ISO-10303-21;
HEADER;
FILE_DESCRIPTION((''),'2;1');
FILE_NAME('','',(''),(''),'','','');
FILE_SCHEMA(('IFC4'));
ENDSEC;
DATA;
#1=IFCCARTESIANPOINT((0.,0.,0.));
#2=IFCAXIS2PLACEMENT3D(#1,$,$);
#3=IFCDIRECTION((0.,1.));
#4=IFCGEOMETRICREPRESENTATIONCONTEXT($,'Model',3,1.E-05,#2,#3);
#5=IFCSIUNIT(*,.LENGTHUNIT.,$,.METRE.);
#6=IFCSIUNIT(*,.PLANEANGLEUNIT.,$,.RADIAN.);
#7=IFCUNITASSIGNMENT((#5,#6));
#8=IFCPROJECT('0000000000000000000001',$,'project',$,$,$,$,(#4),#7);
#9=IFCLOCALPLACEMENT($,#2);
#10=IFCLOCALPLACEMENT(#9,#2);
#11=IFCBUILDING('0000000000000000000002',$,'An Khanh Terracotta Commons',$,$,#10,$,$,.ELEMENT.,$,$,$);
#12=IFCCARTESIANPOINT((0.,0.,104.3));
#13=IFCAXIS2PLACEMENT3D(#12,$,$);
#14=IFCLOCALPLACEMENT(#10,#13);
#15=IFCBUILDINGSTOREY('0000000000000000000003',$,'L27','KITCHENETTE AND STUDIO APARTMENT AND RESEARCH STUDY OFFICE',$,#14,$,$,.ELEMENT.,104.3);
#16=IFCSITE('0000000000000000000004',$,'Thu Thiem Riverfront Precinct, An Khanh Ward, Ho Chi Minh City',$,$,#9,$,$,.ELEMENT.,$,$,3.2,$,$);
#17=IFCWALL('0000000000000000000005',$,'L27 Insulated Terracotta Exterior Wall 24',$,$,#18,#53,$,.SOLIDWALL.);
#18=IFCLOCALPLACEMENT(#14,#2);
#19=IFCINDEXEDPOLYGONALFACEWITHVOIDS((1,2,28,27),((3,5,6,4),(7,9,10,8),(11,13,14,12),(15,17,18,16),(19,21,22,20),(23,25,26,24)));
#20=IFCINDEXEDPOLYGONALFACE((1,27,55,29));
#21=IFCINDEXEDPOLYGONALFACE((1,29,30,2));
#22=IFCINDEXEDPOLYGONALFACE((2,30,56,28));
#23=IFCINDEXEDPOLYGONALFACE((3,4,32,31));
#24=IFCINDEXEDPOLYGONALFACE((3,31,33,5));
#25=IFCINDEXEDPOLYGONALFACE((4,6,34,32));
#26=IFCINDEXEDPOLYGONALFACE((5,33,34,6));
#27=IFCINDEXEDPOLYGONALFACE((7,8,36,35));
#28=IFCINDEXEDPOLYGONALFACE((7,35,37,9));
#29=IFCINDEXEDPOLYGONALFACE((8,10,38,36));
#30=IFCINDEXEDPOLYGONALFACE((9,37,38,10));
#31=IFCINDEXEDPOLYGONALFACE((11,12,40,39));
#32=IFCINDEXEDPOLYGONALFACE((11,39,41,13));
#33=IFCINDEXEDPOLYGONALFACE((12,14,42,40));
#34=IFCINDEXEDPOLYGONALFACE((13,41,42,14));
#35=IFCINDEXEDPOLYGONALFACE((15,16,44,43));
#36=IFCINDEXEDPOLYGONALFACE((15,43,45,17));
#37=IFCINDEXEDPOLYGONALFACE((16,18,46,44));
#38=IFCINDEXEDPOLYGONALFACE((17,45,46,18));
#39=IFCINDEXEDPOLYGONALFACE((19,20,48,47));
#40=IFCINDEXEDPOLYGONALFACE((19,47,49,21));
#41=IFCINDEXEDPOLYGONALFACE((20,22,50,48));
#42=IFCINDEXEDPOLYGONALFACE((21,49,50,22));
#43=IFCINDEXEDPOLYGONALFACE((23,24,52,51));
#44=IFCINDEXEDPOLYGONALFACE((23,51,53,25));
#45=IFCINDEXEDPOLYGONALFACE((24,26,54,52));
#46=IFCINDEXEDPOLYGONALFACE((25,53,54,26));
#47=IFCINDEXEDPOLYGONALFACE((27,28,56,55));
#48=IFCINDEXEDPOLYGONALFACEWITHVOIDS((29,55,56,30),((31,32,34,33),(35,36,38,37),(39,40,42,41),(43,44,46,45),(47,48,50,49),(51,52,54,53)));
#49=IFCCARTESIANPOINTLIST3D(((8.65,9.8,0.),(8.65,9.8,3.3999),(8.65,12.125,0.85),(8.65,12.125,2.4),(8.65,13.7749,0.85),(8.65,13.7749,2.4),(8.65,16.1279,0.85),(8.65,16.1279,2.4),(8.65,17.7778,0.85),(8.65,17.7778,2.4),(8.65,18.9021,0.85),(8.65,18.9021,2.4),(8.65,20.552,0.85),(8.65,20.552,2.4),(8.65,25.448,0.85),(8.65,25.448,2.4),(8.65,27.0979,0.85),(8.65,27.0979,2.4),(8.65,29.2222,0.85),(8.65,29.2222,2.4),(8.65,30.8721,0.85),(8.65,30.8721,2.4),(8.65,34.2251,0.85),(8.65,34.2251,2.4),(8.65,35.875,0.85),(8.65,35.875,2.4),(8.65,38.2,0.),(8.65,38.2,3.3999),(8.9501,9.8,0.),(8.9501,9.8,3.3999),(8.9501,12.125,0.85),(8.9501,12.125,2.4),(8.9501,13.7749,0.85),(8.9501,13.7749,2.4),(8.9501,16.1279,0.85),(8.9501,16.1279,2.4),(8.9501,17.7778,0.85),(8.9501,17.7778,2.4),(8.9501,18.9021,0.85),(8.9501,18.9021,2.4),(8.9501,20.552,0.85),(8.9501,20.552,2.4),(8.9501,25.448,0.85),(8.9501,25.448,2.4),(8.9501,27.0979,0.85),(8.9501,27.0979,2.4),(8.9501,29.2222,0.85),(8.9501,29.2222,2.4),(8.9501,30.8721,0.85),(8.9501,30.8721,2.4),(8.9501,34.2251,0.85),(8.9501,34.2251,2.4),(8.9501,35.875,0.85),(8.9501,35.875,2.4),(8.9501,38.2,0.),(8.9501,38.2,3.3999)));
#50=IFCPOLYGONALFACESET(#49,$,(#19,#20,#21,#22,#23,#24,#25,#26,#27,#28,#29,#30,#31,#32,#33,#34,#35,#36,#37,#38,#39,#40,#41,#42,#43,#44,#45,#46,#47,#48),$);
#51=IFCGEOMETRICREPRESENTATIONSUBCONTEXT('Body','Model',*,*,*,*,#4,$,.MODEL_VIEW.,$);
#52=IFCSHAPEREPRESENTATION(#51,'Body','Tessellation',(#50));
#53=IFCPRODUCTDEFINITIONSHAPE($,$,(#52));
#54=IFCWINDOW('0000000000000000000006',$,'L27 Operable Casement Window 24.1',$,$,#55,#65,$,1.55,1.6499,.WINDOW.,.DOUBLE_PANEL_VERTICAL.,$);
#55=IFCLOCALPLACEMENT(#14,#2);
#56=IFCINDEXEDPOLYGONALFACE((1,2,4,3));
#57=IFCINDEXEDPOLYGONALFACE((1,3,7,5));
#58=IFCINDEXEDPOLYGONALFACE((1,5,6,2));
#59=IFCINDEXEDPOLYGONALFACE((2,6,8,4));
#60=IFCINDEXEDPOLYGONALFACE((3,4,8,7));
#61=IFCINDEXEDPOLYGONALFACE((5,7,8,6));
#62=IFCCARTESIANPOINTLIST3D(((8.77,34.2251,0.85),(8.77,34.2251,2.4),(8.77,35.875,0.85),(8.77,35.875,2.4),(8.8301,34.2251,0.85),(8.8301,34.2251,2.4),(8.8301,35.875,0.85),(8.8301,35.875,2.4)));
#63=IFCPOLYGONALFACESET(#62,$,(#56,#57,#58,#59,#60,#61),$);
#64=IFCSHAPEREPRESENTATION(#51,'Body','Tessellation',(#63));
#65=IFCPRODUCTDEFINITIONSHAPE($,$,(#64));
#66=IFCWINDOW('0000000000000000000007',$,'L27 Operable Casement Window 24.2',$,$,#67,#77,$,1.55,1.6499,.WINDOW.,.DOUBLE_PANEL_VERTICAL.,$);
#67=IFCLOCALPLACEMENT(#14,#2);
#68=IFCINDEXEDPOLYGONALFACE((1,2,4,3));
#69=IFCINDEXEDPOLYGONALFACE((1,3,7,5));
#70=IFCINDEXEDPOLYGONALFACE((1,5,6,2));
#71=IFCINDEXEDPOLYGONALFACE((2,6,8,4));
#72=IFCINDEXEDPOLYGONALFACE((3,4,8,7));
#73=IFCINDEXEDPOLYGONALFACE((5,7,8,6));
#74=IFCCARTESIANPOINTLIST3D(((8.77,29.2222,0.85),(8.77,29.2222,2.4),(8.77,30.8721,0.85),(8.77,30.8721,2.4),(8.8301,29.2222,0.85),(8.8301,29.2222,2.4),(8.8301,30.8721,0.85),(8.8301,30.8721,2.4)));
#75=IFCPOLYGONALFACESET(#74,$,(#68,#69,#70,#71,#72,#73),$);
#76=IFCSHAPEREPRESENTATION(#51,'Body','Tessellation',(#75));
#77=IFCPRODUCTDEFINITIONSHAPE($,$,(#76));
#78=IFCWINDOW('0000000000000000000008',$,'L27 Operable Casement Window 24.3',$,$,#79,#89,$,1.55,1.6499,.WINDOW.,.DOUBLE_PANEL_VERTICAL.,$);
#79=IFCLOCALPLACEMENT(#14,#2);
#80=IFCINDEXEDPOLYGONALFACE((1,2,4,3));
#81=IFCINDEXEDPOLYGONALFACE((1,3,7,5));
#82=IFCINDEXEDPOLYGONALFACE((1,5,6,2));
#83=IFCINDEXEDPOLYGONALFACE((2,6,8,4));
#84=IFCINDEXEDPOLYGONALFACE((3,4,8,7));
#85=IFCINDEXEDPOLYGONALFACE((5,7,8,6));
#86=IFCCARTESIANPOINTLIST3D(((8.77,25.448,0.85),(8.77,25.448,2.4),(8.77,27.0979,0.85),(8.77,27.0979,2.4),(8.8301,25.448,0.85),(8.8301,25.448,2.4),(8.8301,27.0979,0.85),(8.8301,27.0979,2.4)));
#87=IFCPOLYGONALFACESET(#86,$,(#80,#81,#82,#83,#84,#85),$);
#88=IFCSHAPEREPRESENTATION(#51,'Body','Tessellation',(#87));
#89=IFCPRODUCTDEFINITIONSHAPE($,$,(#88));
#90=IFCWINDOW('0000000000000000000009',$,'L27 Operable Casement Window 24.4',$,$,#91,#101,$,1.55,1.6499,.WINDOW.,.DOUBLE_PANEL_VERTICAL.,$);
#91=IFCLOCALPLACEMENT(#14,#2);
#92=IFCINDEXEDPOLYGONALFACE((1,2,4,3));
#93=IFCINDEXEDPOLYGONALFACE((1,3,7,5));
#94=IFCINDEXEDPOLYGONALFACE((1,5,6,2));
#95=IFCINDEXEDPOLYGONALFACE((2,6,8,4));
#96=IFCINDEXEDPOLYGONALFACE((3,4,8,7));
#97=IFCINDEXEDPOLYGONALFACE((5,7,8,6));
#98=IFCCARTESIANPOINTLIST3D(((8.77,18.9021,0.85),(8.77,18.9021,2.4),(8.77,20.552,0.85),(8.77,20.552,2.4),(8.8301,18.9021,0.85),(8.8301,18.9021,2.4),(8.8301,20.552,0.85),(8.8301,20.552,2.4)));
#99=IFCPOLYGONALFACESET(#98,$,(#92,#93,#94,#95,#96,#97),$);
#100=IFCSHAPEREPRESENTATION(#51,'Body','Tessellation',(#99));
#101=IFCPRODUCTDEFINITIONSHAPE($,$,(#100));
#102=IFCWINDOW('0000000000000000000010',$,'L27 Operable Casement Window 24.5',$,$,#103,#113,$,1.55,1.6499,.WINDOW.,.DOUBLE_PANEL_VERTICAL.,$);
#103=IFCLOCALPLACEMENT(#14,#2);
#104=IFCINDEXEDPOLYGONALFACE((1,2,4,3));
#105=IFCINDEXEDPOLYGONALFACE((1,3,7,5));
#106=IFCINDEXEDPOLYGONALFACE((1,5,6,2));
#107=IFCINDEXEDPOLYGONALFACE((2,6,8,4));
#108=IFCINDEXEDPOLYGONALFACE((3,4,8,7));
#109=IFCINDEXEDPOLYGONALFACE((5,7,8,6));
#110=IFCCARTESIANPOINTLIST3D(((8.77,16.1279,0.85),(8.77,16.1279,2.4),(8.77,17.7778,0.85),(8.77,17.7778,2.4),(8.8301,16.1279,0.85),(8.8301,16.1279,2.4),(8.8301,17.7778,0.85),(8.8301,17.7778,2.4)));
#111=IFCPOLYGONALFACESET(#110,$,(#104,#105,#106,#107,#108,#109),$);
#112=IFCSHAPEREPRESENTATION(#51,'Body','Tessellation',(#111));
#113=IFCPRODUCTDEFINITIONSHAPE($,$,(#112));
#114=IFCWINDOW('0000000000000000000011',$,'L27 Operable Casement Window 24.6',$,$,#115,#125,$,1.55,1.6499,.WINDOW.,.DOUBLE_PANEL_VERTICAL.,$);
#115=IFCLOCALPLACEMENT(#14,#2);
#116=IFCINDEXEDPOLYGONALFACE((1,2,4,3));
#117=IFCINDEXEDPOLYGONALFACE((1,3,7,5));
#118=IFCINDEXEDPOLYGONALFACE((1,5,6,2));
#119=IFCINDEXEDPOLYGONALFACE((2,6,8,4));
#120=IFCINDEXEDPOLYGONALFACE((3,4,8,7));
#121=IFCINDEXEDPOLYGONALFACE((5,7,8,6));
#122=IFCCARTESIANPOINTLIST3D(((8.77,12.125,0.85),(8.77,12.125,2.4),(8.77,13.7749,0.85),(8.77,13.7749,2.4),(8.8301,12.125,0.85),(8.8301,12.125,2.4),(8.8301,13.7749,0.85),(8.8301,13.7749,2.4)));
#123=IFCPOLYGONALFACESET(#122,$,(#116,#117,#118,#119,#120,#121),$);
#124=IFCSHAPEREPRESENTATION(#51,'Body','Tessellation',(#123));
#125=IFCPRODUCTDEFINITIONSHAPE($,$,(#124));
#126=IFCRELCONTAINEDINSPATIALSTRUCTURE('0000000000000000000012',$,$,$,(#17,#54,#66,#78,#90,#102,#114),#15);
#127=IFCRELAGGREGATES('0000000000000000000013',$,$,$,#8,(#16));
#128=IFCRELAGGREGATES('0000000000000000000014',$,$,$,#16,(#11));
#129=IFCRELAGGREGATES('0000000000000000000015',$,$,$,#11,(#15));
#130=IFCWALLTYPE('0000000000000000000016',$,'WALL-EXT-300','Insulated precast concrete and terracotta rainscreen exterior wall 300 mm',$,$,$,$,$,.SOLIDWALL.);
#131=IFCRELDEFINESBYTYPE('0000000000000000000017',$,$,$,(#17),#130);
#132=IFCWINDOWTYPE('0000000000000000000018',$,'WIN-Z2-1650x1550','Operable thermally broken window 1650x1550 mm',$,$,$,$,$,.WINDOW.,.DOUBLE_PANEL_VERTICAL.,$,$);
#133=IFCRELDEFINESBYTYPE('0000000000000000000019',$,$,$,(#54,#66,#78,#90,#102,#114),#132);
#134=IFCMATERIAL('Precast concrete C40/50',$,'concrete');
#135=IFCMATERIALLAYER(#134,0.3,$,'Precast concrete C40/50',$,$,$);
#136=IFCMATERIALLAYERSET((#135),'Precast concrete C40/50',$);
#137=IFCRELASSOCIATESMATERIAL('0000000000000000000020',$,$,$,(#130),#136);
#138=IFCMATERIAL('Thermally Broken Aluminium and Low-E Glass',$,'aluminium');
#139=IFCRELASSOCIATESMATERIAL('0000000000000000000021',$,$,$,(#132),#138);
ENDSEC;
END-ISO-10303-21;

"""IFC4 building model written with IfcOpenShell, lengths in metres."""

from ifc_helpers import new_model, si_unit, direction, frame, frame_2d, origin, place, context, subcontext, project, spatial, rectangle, extrude, material, layer, layer_set, type_object, element, fill, save


model = new_model("IFC4")

# Units and contexts
model_context = context("Model", 3, precision=1e-05, world=origin(), true_north=direction((0.0, 1.0)))
body_context = subcontext(model_context, "Body", "Model", "MODEL_VIEW")
ifc_project = project(units=[si_unit("LENGTHUNIT", "METRE"), si_unit("PLANEANGLEUNIT", "RADIAN")], contexts=[model_context])

# Site, building, storey
site_placement = place(None, origin())
site = spatial("IfcSite", under=ifc_project, at=site_placement, Name="Thu Thiem Riverfront Precinct, An Khanh Ward, Ho Chi Minh City", CompositionType="ELEMENT", RefElevation=3.2)
building_placement = place(site_placement, origin())
building = spatial("IfcBuilding", under=site, at=building_placement, Name="An Khanh Terracotta Commons", CompositionType="ELEMENT")
storey_placement = place(building_placement, frame((0.0, 0.0, 104.3)))
storey = spatial("IfcBuildingStorey", under=building, at=storey_placement, Name="L27", Description="KITCHENETTE AND STUDIO APARTMENT AND RESEARCH STUDY OFFICE", CompositionType="ELEMENT", Elevation=104.3)

# Shared definitions
ifc_material_1 = material(Name="Precast concrete C40/50", Category="concrete")
ifc_layer_1 = layer(ifc_material_1, 0.3, Name="Precast concrete C40/50")
ifc_layer_set_1 = layer_set([ifc_layer_1], Name="Precast concrete C40/50")
wall_type_1 = type_object("IfcWallType", Name="WALL-EXT-300", Description="Insulated precast concrete and terracotta rainscreen exterior wall 300 mm", PredefinedType="SOLIDWALL", material=ifc_layer_set_1)

# Wall, openings, windows
wall_1_placement = place(storey_placement, frame((8.8, 38.2, 0.0), z_axis=(0.0, 0.0, 1.0), x_axis=(0.0, -1.0, 0.0)))
wall_1 = element("IfcWall", 1, at=wall_1_placement, inside=storey, type_object=wall_type_1, Name="L27 Insulated Terracotta Exterior Wall 24", PredefinedType="SOLIDWALL", context=body_context, shape_type="SweptSolid", body=[
    extrude(rectangle(XDim=28.3999, YDim=0.3, at=frame_2d((14.2, 0.0))), origin(), (0.0, 0.0, 1.0), 3.3999),
])
opening_1_placement = place(wall_1_placement, frame((2.325, 0.0, 0.8501)))
opening_1 = element("IfcOpeningElement", 2, at=opening_1_placement, cuts=wall_1, PredefinedType="OPENING", context=body_context, shape_type="SweptSolid", body=[
    extrude(rectangle(XDim=1.6499, YDim=1.55, at=frame_2d((0.825, 0.7749))), frame((0.0, 0.1599, 0.0), z_axis=(0.0, -1.0, 0.0), x_axis=(1.0, 0.0, 0.0)), (0.0, 0.0, 1.0), 0.3201),
])
opening_2_placement = place(wall_1_placement, frame((7.3279, 0.0, 0.8501)))
opening_2 = element("IfcOpeningElement", 3, at=opening_2_placement, cuts=wall_1, PredefinedType="OPENING", context=body_context, shape_type="SweptSolid", body=[
    extrude(rectangle(XDim=1.6499, YDim=1.55, at=frame_2d((0.825, 0.7749))), frame((0.0, 0.1599, 0.0), z_axis=(0.0, -1.0, 0.0), x_axis=(1.0, 0.0, 0.0)), (0.0, 0.0, 1.0), 0.3201),
])
opening_3_placement = place(wall_1_placement, frame((11.1021, 0.0, 0.8501)))
opening_3 = element("IfcOpeningElement", 4, at=opening_3_placement, cuts=wall_1, PredefinedType="OPENING", context=body_context, shape_type="SweptSolid", body=[
    extrude(rectangle(XDim=1.6499, YDim=1.55, at=frame_2d((0.825, 0.7749))), frame((0.0, 0.1599, 0.0), z_axis=(0.0, -1.0, 0.0), x_axis=(1.0, 0.0, 0.0)), (0.0, 0.0, 1.0), 0.3201),
])
opening_4_placement = place(wall_1_placement, frame((17.6479, 0.0, 0.8501)))
opening_4 = element("IfcOpeningElement", 5, at=opening_4_placement, cuts=wall_1, PredefinedType="OPENING", context=body_context, shape_type="SweptSolid", body=[
    extrude(rectangle(XDim=1.6499, YDim=1.55, at=frame_2d((0.825, 0.7749))), frame((0.0, 0.1599, 0.0), z_axis=(0.0, -1.0, 0.0), x_axis=(1.0, 0.0, 0.0)), (0.0, 0.0, 1.0), 0.3201),
])
opening_5_placement = place(wall_1_placement, frame((20.4221, 0.0, 0.8501)))
opening_5 = element("IfcOpeningElement", 6, at=opening_5_placement, cuts=wall_1, PredefinedType="OPENING", context=body_context, shape_type="SweptSolid", body=[
    extrude(rectangle(XDim=1.6499, YDim=1.55, at=frame_2d((0.825, 0.7749))), frame((0.0, 0.1599, 0.0), z_axis=(0.0, -1.0, 0.0), x_axis=(1.0, 0.0, 0.0)), (0.0, 0.0, 1.0), 0.3201),
])
opening_6_placement = place(wall_1_placement, frame((24.425, 0.0, 0.8501)))
opening_6 = element("IfcOpeningElement", 7, at=opening_6_placement, cuts=wall_1, PredefinedType="OPENING", context=body_context, shape_type="SweptSolid", body=[
    extrude(rectangle(XDim=1.6499, YDim=1.55, at=frame_2d((0.825, 0.7749))), frame((0.0, 0.1599, 0.0), z_axis=(0.0, -1.0, 0.0), x_axis=(1.0, 0.0, 0.0)), (0.0, 0.0, 1.0), 0.3201),
])
ifc_material_2 = material(Name="Thermally Broken Aluminium and Low-E Glass", Category="aluminium")
window_type = type_object("IfcWindowType", Name="WIN-Z2-1650x1550", Description="Operable thermally broken window 1650x1550 mm", PartitioningType="DOUBLE_PANEL_VERTICAL", PredefinedType="WINDOW", material=ifc_material_2)
window_1_placement = place(opening_1_placement, origin())
window_1 = element("IfcWindow", 8, at=window_1_placement, inside=storey, type_object=window_type, Name="L27 Operable Casement Window 24.1", OverallHeight=1.55, OverallWidth=1.6499, PartitioningType="DOUBLE_PANEL_VERTICAL", PredefinedType="WINDOW", context=body_context, shape_type="SweptSolid", body=[
    extrude(rectangle(XDim=1.6499, YDim=1.55, at=frame_2d((0.825, 0.7749))), frame((0.0, 0.03, 0.0), z_axis=(0.0, -1.0, 0.0), x_axis=(1.0, 0.0, 0.0)), (0.0, 0.0, 1.0), 0.0601),
])
fill(opening_1, window_1)
window_2_placement = place(opening_2_placement, origin())
window_2 = element("IfcWindow", 9, at=window_2_placement, inside=storey, type_object=window_type, Name="L27 Operable Casement Window 24.2", OverallHeight=1.55, OverallWidth=1.6499, PartitioningType="DOUBLE_PANEL_VERTICAL", PredefinedType="WINDOW", context=body_context, shape_type="SweptSolid", body=[
    extrude(rectangle(XDim=1.6499, YDim=1.55, at=frame_2d((0.825, 0.7749))), frame((0.0, 0.03, 0.0), z_axis=(0.0, -1.0, 0.0), x_axis=(1.0, 0.0, 0.0)), (0.0, 0.0, 1.0), 0.0601),
])
fill(opening_2, window_2)
window_3_placement = place(opening_3_placement, origin())
window_3 = element("IfcWindow", 10, at=window_3_placement, inside=storey, type_object=window_type, Name="L27 Operable Casement Window 24.3", OverallHeight=1.55, OverallWidth=1.6499, PartitioningType="DOUBLE_PANEL_VERTICAL", PredefinedType="WINDOW", context=body_context, shape_type="SweptSolid", body=[
    extrude(rectangle(XDim=1.6499, YDim=1.55, at=frame_2d((0.825, 0.7749))), frame((0.0, 0.03, 0.0), z_axis=(0.0, -1.0, 0.0), x_axis=(1.0, 0.0, 0.0)), (0.0, 0.0, 1.0), 0.0601),
])
fill(opening_3, window_3)
window_4_placement = place(opening_4_placement, origin())
window_4 = element("IfcWindow", 11, at=window_4_placement, inside=storey, type_object=window_type, Name="L27 Operable Casement Window 24.4", OverallHeight=1.55, OverallWidth=1.6499, PartitioningType="DOUBLE_PANEL_VERTICAL", PredefinedType="WINDOW", context=body_context, shape_type="SweptSolid", body=[
    extrude(rectangle(XDim=1.6499, YDim=1.55, at=frame_2d((0.825, 0.7749))), frame((0.0, 0.03, 0.0), z_axis=(0.0, -1.0, 0.0), x_axis=(1.0, 0.0, 0.0)), (0.0, 0.0, 1.0), 0.0601),
])
fill(opening_4, window_4)
window_5_placement = place(opening_5_placement, origin())
window_5 = element("IfcWindow", 12, at=window_5_placement, inside=storey, type_object=window_type, Name="L27 Operable Casement Window 24.5", OverallHeight=1.55, OverallWidth=1.6499, PartitioningType="DOUBLE_PANEL_VERTICAL", PredefinedType="WINDOW", context=body_context, shape_type="SweptSolid", body=[
    extrude(rectangle(XDim=1.6499, YDim=1.55, at=frame_2d((0.825, 0.7749))), frame((0.0, 0.03, 0.0), z_axis=(0.0, -1.0, 0.0), x_axis=(1.0, 0.0, 0.0)), (0.0, 0.0, 1.0), 0.0601),
])
fill(opening_5, window_5)
window_6_placement = place(opening_6_placement, origin())
window_6 = element("IfcWindow", 13, at=window_6_placement, inside=storey, type_object=window_type, Name="L27 Operable Casement Window 24.6", OverallHeight=1.55, OverallWidth=1.6499, PartitioningType="DOUBLE_PANEL_VERTICAL", PredefinedType="WINDOW", context=body_context, shape_type="SweptSolid", body=[
    extrude(rectangle(XDim=1.6499, YDim=1.55, at=frame_2d((0.825, 0.7749))), frame((0.0, 0.03, 0.0), z_axis=(0.0, -1.0, 0.0), x_axis=(1.0, 0.0, 0.0)), (0.0, 0.0, 1.0), 0.0601),
])
fill(opening_6, window_6)

save(model, "model.ifc")
